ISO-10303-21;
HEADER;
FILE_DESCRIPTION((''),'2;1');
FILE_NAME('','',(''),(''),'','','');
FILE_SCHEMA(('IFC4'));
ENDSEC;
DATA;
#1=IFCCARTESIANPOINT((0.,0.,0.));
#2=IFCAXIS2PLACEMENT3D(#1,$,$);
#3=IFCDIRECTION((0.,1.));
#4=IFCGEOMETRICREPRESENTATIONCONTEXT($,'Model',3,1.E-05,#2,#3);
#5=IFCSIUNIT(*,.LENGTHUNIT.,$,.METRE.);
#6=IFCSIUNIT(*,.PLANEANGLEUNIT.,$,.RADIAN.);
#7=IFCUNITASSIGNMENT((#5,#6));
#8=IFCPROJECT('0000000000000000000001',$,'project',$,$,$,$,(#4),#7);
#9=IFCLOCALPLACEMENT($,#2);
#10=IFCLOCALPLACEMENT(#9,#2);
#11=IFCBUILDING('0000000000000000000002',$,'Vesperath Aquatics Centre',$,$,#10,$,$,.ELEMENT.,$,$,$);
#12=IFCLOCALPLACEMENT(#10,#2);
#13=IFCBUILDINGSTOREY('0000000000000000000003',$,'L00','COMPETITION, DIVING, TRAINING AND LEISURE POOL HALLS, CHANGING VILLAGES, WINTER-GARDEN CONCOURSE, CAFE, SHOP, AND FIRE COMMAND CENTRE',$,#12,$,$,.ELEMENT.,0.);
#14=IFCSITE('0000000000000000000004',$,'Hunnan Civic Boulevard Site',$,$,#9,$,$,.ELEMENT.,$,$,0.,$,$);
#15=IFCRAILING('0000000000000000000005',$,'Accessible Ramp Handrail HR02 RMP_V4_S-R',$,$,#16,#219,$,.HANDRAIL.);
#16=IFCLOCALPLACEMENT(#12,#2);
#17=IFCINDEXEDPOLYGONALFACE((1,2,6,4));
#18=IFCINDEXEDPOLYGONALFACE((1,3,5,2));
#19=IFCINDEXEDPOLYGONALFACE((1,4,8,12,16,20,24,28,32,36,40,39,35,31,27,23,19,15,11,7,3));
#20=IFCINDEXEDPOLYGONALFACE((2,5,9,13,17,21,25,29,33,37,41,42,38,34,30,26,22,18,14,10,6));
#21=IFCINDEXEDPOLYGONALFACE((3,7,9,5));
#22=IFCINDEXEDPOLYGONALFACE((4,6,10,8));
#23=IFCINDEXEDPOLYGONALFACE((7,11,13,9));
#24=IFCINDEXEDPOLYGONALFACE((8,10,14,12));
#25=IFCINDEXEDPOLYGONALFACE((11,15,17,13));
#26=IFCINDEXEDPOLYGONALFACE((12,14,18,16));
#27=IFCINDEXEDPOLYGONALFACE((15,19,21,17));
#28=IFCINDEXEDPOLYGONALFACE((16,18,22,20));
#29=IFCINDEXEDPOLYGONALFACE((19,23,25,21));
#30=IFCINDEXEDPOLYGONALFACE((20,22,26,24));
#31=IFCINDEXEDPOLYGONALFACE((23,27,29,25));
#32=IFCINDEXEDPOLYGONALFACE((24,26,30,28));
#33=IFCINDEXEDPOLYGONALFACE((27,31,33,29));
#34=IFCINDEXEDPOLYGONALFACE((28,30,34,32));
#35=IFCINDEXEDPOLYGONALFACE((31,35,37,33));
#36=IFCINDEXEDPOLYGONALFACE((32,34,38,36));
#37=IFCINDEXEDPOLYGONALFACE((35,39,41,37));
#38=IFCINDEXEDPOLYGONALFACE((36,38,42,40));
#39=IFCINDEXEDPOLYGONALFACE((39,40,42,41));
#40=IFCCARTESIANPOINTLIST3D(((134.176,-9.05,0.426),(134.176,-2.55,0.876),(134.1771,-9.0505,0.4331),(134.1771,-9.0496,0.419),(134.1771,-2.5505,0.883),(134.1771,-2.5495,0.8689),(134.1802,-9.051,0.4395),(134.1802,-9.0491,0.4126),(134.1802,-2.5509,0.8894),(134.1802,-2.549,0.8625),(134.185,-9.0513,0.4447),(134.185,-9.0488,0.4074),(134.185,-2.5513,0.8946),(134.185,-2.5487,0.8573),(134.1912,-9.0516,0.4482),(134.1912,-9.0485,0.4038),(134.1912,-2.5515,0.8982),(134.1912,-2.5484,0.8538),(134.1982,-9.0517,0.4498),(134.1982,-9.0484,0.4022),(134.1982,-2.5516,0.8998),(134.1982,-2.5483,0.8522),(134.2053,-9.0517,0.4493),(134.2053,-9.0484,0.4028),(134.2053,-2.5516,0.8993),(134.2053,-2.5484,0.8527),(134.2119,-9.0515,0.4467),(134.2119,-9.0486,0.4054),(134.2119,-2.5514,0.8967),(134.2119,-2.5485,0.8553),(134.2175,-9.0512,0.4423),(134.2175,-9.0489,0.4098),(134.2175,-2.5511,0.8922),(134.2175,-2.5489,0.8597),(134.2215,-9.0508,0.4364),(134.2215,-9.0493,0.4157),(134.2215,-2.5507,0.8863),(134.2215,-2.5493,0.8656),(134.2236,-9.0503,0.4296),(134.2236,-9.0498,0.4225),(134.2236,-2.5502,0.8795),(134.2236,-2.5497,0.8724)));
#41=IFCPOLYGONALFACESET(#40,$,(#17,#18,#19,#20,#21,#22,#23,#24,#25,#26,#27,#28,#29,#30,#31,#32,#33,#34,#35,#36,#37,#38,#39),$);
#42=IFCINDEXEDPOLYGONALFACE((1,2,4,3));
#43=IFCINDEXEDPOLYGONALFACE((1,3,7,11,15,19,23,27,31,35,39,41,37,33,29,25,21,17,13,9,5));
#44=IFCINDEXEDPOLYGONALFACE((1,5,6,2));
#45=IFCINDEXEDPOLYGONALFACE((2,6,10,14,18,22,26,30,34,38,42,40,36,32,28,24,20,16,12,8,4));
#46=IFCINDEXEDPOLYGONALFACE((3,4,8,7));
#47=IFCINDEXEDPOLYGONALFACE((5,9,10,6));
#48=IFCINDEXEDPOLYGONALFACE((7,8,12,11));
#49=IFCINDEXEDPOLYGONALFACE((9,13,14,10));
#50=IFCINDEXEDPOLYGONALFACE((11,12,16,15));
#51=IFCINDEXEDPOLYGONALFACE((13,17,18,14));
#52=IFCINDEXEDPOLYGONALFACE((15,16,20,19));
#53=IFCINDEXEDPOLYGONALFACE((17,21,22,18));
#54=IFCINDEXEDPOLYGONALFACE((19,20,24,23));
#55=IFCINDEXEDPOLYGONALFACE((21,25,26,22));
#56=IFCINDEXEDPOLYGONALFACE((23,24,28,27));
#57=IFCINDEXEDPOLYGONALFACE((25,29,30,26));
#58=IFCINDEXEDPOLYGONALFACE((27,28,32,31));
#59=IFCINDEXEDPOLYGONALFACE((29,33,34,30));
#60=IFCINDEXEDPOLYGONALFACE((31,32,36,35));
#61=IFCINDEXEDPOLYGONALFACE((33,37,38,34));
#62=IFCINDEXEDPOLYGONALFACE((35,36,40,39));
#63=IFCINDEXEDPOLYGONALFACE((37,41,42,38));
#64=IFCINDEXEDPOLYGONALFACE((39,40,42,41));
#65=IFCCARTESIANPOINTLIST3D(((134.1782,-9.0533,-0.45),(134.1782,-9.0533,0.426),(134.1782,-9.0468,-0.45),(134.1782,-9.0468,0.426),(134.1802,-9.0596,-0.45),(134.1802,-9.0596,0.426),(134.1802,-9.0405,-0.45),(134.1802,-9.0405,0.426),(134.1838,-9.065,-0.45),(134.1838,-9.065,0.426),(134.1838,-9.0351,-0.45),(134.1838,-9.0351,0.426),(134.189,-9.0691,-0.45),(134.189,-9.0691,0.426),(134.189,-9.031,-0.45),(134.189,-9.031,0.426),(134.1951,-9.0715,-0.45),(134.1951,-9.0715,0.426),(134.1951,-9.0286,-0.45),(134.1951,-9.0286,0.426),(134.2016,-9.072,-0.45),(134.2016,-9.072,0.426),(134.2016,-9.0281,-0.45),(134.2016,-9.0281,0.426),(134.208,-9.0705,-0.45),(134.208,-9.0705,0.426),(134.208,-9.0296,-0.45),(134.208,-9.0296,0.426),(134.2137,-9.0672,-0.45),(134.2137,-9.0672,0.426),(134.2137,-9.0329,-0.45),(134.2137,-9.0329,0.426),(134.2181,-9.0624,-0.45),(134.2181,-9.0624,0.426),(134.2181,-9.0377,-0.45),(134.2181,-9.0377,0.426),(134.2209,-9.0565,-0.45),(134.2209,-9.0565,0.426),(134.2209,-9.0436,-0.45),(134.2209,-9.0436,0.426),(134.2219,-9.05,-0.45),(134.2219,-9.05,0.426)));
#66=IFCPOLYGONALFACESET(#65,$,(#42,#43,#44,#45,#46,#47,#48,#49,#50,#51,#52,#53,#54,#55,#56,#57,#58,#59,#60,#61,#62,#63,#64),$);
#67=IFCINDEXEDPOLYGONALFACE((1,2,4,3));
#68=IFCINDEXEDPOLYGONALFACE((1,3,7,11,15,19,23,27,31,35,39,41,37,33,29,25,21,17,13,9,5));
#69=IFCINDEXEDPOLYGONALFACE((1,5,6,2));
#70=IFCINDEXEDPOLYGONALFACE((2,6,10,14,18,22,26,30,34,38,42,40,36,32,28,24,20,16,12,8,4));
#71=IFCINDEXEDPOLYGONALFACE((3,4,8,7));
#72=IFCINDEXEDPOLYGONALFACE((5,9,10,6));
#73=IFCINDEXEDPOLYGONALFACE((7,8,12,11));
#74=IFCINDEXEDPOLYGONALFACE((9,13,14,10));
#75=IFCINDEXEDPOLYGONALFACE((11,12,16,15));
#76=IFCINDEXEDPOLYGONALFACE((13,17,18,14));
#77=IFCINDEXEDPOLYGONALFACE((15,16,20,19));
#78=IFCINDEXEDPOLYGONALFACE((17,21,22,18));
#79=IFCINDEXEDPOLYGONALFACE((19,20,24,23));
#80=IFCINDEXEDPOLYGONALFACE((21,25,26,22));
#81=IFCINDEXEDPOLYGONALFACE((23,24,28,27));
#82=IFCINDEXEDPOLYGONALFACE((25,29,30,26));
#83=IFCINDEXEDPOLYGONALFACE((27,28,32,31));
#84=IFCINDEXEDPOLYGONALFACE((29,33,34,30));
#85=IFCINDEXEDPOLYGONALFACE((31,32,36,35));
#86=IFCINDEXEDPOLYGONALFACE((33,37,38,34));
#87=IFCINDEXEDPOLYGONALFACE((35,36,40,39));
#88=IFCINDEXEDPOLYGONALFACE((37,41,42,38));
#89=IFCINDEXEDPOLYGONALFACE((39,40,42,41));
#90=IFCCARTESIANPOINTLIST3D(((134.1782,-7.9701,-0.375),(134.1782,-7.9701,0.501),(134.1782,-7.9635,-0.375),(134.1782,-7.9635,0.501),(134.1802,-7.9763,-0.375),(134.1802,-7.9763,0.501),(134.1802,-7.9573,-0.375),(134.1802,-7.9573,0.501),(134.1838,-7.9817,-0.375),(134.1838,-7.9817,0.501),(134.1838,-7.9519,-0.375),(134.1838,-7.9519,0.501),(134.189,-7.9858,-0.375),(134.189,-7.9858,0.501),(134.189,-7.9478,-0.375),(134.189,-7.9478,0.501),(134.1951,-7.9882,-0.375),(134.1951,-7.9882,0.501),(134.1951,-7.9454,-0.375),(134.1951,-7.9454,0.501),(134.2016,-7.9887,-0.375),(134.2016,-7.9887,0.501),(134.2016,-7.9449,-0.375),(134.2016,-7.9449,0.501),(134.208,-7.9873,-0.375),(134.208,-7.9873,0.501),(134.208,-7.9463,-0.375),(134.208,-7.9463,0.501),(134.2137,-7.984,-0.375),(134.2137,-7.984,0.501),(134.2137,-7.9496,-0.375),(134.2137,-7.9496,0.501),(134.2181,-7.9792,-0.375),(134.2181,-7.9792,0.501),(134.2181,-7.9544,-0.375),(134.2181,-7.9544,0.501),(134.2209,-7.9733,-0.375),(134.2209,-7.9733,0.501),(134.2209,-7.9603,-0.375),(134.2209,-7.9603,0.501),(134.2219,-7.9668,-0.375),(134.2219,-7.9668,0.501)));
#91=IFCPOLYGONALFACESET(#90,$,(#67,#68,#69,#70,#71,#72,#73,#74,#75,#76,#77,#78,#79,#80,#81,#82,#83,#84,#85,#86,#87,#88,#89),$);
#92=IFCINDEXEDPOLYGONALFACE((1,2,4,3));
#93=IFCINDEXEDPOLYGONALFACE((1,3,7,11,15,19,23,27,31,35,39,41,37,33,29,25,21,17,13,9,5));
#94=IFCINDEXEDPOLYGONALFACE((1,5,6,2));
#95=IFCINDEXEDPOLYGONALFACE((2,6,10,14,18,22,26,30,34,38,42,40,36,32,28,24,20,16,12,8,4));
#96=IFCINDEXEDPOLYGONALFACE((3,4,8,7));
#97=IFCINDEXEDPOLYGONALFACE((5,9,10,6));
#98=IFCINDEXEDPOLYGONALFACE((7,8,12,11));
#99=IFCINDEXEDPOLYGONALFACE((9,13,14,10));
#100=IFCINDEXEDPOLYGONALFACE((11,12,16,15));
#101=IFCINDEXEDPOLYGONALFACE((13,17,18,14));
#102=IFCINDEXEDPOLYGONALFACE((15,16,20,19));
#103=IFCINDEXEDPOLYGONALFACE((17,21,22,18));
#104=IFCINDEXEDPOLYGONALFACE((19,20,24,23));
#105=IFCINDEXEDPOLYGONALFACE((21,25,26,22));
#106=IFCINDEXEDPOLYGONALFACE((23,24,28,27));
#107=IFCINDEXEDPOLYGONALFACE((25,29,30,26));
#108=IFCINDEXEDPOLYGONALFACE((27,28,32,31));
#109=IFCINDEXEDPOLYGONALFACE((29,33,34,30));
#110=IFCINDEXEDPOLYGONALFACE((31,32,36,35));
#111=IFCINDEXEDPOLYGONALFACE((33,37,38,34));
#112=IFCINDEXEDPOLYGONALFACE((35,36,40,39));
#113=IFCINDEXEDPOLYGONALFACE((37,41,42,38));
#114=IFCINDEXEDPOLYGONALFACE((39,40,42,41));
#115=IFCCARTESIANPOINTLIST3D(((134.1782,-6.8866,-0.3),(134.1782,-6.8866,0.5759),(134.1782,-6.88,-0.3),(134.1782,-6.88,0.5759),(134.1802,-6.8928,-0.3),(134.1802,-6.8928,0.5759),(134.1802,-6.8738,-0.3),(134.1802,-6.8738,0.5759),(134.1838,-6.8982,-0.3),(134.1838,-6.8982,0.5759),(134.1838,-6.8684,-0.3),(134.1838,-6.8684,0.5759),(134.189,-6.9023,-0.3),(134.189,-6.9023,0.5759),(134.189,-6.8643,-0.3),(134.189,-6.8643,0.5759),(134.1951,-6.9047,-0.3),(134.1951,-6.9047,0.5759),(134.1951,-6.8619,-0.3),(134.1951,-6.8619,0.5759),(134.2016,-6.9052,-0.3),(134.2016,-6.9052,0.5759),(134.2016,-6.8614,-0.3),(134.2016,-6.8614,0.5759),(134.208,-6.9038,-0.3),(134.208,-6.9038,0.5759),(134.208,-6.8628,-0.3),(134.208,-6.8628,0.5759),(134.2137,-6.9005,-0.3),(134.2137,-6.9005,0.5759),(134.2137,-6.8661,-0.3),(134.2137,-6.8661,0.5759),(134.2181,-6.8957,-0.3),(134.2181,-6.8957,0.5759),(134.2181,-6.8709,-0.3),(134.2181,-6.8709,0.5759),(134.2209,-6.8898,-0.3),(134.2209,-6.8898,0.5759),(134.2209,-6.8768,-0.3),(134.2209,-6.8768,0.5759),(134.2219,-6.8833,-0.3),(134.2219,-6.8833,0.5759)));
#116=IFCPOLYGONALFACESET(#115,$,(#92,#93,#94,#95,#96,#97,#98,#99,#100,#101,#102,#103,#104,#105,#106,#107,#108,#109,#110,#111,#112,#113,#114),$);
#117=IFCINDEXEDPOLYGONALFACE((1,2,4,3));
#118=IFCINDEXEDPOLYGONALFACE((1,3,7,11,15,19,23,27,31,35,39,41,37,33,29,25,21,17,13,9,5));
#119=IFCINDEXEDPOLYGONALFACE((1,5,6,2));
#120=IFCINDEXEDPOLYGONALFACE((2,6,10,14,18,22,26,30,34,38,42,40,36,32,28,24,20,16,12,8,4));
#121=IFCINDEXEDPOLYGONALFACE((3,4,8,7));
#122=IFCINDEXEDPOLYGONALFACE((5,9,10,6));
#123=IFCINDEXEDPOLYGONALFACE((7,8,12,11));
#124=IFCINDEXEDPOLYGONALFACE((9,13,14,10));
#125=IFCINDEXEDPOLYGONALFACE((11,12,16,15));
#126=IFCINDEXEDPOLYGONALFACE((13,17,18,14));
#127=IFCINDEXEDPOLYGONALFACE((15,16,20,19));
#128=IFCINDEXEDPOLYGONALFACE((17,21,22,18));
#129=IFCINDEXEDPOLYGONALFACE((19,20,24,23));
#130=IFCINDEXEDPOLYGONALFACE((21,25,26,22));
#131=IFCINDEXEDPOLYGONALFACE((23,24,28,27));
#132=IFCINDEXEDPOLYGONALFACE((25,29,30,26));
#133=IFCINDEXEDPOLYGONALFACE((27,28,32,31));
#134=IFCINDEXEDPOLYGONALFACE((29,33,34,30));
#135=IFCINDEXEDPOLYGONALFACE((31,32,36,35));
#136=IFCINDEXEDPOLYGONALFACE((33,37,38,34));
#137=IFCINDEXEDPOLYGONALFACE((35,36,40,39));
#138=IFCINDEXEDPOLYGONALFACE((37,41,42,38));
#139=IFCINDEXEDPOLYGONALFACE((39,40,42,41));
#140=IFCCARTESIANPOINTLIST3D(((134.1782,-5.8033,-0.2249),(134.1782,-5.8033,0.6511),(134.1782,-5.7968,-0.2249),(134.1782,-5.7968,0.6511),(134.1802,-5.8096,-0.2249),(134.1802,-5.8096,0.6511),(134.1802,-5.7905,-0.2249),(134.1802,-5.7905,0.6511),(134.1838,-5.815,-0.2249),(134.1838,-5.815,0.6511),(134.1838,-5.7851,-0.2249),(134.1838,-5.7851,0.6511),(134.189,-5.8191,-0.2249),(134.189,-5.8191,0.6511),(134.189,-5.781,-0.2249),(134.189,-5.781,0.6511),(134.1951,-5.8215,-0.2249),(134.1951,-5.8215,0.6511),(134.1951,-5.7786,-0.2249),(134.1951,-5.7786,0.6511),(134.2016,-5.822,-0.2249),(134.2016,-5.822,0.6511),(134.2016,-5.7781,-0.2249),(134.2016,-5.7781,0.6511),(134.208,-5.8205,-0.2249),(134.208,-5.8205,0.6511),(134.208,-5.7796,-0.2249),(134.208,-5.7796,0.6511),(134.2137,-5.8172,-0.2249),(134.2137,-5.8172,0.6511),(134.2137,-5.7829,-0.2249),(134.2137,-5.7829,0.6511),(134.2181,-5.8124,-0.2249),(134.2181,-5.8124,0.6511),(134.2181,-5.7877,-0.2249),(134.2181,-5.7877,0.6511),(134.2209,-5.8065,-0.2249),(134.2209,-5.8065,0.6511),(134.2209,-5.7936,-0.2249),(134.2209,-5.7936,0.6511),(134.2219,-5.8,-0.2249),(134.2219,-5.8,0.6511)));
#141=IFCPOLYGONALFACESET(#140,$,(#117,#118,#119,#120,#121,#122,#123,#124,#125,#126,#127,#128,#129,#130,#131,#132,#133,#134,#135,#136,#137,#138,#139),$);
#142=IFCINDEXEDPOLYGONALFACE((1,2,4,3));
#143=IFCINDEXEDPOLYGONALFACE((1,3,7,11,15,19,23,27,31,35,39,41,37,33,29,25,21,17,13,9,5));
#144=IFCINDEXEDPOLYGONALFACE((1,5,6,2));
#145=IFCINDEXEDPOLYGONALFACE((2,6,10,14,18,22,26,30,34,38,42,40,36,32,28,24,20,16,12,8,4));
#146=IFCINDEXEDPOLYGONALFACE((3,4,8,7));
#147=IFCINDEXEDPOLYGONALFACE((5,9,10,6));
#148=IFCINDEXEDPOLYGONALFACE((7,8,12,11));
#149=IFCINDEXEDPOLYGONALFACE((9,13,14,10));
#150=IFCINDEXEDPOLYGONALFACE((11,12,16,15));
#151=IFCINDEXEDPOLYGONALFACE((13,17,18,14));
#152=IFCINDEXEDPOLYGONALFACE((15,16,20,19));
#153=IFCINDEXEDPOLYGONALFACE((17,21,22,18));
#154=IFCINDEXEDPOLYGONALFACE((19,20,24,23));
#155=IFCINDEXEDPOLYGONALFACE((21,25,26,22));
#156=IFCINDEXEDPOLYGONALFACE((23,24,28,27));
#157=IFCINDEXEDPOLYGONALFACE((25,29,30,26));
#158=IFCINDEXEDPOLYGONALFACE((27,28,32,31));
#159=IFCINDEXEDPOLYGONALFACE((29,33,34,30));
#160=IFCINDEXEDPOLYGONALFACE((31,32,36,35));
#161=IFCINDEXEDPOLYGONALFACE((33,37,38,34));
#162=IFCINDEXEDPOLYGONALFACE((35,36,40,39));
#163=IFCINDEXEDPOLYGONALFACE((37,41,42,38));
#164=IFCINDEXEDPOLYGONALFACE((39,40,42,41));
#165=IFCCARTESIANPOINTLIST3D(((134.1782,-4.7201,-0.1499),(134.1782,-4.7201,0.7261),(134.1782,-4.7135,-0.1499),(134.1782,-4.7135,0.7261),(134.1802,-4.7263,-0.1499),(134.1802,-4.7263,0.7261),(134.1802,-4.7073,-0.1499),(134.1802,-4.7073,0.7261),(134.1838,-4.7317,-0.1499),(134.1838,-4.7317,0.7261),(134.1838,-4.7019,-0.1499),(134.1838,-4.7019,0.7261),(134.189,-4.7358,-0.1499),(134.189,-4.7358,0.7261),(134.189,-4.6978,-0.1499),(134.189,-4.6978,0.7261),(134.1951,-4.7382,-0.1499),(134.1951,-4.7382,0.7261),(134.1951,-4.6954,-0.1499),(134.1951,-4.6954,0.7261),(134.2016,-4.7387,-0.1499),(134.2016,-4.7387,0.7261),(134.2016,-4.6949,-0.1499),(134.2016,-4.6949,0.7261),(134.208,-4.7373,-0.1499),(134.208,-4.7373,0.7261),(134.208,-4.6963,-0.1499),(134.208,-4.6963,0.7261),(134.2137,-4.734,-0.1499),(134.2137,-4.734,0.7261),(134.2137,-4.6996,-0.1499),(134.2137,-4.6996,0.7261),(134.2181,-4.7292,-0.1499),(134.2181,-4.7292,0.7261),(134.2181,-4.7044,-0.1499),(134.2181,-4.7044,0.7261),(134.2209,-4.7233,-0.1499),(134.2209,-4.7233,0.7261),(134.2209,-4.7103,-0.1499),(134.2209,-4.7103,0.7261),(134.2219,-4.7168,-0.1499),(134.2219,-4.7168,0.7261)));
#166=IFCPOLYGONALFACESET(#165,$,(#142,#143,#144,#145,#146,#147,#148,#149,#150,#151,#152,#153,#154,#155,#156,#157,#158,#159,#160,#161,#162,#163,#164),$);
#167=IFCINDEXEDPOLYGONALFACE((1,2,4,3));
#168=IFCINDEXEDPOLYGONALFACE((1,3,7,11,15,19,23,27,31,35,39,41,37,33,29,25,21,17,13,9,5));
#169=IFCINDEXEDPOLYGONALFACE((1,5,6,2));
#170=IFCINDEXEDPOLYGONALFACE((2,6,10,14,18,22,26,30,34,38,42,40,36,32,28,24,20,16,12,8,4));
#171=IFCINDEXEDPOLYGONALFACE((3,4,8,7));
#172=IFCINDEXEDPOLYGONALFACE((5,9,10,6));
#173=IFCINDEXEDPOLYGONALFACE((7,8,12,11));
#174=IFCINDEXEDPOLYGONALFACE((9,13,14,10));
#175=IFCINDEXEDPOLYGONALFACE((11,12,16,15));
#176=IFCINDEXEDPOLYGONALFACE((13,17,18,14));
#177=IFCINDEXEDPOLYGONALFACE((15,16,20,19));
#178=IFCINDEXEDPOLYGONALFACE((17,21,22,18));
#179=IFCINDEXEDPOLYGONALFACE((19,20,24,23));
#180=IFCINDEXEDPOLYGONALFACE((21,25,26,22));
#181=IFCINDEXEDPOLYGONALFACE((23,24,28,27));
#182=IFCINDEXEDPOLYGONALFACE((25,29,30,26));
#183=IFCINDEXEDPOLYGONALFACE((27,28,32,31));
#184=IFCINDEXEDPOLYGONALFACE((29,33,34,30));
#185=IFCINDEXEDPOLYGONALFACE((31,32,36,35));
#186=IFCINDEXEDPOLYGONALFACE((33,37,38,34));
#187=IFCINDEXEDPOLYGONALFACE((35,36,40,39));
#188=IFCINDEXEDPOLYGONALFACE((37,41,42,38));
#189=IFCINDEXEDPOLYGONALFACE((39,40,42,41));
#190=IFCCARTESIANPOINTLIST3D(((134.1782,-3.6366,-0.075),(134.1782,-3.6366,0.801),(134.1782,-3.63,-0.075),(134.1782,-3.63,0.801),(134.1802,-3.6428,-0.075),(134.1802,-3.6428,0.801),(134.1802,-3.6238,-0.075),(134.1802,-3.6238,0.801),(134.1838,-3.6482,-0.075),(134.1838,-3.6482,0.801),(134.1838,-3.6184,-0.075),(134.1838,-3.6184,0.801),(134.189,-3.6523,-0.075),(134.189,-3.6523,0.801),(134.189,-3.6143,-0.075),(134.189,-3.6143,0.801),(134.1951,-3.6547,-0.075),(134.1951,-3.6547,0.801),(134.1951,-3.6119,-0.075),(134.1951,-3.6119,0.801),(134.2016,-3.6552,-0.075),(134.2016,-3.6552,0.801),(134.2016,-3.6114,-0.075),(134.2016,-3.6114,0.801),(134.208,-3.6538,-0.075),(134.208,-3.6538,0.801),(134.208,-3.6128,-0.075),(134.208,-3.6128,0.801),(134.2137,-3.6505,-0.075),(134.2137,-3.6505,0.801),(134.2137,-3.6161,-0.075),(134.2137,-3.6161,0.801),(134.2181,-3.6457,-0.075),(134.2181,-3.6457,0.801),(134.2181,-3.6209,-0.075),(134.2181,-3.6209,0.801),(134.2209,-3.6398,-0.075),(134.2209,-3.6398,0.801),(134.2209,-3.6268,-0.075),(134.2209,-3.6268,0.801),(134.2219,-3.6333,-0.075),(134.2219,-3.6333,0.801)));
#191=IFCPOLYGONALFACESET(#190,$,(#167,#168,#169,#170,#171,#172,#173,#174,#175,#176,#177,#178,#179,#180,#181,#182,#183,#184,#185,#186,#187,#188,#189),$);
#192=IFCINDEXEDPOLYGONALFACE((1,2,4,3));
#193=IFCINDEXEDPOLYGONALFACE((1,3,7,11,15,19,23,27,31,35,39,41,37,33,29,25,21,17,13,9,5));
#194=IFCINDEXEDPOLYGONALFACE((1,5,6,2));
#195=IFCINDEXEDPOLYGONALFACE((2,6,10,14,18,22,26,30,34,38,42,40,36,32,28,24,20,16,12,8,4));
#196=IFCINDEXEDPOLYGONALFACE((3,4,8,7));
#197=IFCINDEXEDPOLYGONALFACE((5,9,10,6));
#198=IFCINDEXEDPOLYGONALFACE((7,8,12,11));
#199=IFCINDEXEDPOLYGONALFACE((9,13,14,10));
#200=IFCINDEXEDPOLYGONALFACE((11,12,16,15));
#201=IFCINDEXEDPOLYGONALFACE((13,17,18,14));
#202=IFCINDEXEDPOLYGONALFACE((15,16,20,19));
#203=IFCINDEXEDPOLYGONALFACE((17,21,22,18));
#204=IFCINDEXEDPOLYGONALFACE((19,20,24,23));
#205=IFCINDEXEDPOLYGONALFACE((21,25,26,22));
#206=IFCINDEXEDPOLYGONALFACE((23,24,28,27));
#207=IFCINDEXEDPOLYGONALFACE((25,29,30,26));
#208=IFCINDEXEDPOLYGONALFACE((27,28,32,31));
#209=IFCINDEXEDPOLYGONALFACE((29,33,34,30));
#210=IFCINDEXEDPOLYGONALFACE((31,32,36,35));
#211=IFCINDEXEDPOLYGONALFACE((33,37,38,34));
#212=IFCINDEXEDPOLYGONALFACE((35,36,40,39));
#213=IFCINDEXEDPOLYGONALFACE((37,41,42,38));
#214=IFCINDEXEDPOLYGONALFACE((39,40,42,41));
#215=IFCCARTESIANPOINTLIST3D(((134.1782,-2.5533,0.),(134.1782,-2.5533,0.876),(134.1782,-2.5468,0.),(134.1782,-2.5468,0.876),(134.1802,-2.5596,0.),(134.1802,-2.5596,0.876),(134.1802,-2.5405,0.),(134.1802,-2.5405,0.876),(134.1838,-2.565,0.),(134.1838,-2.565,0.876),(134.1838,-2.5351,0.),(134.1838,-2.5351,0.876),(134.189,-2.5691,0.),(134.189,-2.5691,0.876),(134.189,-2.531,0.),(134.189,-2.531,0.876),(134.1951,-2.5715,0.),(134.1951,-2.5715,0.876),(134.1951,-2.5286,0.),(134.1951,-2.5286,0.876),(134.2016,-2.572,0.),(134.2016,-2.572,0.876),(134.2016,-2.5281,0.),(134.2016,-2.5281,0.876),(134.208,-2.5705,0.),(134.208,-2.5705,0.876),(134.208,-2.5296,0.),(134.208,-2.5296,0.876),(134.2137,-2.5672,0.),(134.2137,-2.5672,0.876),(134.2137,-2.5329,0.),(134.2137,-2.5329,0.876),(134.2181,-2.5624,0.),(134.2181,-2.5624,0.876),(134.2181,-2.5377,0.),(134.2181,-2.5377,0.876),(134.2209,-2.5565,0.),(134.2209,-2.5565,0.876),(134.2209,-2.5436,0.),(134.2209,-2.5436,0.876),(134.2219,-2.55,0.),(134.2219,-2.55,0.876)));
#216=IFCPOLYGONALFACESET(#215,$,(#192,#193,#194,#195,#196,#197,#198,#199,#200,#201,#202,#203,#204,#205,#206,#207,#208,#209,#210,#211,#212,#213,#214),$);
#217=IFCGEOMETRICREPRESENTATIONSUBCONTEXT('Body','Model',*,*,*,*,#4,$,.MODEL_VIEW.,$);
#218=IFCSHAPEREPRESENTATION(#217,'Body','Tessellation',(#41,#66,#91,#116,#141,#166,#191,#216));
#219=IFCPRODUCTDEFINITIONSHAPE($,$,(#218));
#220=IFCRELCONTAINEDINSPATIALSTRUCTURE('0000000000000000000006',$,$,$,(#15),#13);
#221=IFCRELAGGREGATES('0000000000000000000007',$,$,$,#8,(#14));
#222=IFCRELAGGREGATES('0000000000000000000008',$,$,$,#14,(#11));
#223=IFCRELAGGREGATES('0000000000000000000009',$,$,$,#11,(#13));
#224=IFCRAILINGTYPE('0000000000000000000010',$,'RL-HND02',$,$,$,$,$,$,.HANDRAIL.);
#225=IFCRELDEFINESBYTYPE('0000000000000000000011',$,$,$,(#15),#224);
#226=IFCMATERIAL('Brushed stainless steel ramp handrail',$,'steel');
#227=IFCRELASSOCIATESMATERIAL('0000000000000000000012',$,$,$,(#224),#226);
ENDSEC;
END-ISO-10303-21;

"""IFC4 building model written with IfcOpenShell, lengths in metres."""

from ifc_helpers import new_model, si_unit, direction, frame, origin, origin_2d, place, context, subcontext, project, spatial, circle, extrude, material, type_object, element, save


model = new_model("IFC4")

# Units and contexts
model_context = context("Model", 3, precision=1e-05, world=origin(), true_north=direction((0.0, 1.0)))
body_context = subcontext(model_context, "Body", "Model", "MODEL_VIEW")
ifc_project = project(units=[si_unit("LENGTHUNIT", "METRE"), si_unit("PLANEANGLEUNIT", "RADIAN")], contexts=[model_context])

# Site, building, storey
site_placement = place(None, origin())
site = spatial("IfcSite", under=ifc_project, at=site_placement, Name="Hunnan Civic Boulevard Site", CompositionType="ELEMENT", RefElevation=0.0)
building_placement = place(site_placement, origin())
building = spatial("IfcBuilding", under=site, at=building_placement, Name="Vesperath Aquatics Centre", CompositionType="ELEMENT")
storey_placement = place(building_placement, origin())
storey = spatial("IfcBuildingStorey", under=building, at=storey_placement, Name="L00", Description="COMPETITION, DIVING, TRAINING AND LEISURE POOL HALLS, CHANGING VILLAGES, WINTER-GARDEN CONCOURSE, CAFE, SHOP, AND FIRE COMMAND CENTRE", CompositionType="ELEMENT", Elevation=0.0)

# Railing
ifc_material_1 = material(Name="Brushed stainless steel ramp handrail", Category="steel")
railing_type_1 = type_object("IfcRailingType", Name="RL-HND02", PredefinedType="HANDRAIL", material=ifc_material_1)
for number, where, name in (
    (1, (134.2, -9.05, -0.45), "Accessible Ramp Handrail HR02 RMP_V4_S-R"),
):
    element("IfcRailing", number, at=place(storey_placement, frame(where)), inside=storey, type_object=railing_type_1, Name=name, PredefinedType="HANDRAIL", context=body_context, shape_type="SweptSolid", body=[
        extrude(circle(Radius=0.0239, at=origin_2d()), frame((0.0, 0.0, 0.876), z_axis=(0.0, 0.997613, 0.069058), x_axis=(-1.0, 0.0, 0.0)), (0.0, 0.0, 1.0), 6.5156),
        extrude(circle(Radius=0.022, at=origin_2d()), origin(), (0.0, 0.0, 1.0), 0.876),
        extrude(circle(Radius=0.022, at=origin_2d()), frame((0.0, 1.0833, 0.075)), (0.0, 0.0, 1.0), 0.876),
        extrude(circle(Radius=0.022, at=origin_2d()), frame((0.0, 2.1667, 0.1499)), (0.0, 0.0, 1.0), 0.876),
        extrude(circle(Radius=0.022, at=origin_2d()), frame((0.0, 3.25, 0.2251)), (0.0, 0.0, 1.0), 0.876),
        extrude(circle(Radius=0.022, at=origin_2d()), frame((0.0, 4.3333, 0.3)), (0.0, 0.0, 1.0), 0.876),
        extrude(circle(Radius=0.022, at=origin_2d()), frame((0.0, 5.4167, 0.375)), (0.0, 0.0, 1.0), 0.876),
        extrude(circle(Radius=0.022, at=origin_2d()), frame((0.0, 6.5, 0.45)), (0.0, 0.0, 1.0), 0.876),
    ])

save(model, "model.ifc")
